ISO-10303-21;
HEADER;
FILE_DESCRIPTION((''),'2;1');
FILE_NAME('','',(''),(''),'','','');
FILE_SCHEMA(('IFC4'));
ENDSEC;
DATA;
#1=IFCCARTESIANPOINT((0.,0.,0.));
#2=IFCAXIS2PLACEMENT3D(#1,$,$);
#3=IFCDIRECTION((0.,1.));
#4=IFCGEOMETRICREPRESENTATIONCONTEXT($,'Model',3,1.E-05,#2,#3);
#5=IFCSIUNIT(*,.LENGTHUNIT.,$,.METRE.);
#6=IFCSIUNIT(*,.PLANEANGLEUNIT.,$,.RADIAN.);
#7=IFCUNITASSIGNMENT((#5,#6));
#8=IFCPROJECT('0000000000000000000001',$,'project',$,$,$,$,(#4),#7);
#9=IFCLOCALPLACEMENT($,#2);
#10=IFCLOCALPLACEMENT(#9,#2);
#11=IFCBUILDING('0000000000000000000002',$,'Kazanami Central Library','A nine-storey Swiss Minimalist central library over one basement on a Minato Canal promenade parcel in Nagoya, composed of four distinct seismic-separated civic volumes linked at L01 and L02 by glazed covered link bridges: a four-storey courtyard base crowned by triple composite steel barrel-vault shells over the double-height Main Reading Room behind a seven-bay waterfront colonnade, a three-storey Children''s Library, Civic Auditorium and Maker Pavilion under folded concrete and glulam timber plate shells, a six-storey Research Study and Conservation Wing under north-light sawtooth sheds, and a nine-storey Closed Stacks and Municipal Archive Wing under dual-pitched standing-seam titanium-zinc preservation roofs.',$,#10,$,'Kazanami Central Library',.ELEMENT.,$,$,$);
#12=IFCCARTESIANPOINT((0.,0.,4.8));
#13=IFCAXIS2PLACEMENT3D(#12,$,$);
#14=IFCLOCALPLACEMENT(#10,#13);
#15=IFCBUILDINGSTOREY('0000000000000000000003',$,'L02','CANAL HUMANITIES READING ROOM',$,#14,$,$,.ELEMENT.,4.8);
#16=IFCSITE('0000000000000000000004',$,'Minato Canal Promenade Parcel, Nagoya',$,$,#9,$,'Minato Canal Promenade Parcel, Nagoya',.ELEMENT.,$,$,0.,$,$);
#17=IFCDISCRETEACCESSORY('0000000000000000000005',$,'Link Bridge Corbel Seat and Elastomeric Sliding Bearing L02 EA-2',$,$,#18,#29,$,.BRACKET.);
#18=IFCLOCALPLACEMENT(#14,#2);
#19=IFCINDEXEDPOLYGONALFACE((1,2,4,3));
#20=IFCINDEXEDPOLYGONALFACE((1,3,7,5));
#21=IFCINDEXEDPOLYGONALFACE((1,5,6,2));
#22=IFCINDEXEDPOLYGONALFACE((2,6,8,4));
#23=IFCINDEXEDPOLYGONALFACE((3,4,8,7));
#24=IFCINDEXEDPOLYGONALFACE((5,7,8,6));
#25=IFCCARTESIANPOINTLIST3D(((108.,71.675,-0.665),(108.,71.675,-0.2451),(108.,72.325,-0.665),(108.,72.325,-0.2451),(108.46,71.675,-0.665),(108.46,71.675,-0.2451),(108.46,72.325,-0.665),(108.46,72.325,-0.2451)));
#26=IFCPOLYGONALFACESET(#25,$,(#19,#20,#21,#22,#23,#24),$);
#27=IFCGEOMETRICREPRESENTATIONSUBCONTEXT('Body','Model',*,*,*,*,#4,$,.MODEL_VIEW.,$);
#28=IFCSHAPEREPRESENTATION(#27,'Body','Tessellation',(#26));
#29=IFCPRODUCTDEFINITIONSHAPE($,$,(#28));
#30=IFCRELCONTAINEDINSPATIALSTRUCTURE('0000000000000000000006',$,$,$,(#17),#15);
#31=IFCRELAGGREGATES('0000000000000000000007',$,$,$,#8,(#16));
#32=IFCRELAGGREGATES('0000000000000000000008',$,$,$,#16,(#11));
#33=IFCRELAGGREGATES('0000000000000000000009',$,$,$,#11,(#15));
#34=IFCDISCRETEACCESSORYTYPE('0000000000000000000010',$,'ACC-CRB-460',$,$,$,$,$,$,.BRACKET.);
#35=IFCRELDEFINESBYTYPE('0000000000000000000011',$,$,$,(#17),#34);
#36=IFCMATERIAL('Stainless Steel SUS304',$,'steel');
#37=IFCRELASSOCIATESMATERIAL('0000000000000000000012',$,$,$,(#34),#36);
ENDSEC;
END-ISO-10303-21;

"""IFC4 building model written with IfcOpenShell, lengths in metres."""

from ifc_helpers import new_model, si_unit, direction, frame, origin, origin_2d, place, context, subcontext, project, spatial, rectangle, extrude, material, type_object, element, save


model = new_model("IFC4")

# Units and contexts
model_context = context("Model", 3, precision=1e-05, world=origin(), true_north=direction((0.0, 1.0)))
body_context = subcontext(model_context, "Body", "Model", "MODEL_VIEW")
ifc_project = project(units=[si_unit("LENGTHUNIT", "METRE"), si_unit("PLANEANGLEUNIT", "RADIAN")], contexts=[model_context])

# Site, building, storey
site_placement = place(None, origin())
site = spatial("IfcSite", under=ifc_project, at=site_placement, Name="Minato Canal Promenade Parcel, Nagoya", LongName="Minato Canal Promenade Parcel, Nagoya", CompositionType="ELEMENT", RefElevation=0.0)
building_placement = place(site_placement, origin())
building = spatial("IfcBuilding", under=site, at=building_placement, Name="Kazanami Central Library", Description="A nine-storey Swiss Minimalist central library over one basement on a Minato Canal promenade parcel in Nagoya, composed of four distinct seismic-separated civic volumes linked at L01 and L02 by glazed covered link bridges: a four-storey courtyard base crowned by triple composite steel barrel-vault shells over the double-height Main Reading Room behind a seven-bay waterfront colonnade, a three-storey Children's Library, Civic Auditorium and Maker Pavilion under folded concrete and glulam timber plate shells, a six-storey Research Study and Conservation Wing under north-light sawtooth sheds, and a nine-storey Closed Stacks and Municipal Archive Wing under dual-pitched standing-seam titanium-zinc preservation roofs.", LongName="Kazanami Central Library", CompositionType="ELEMENT")
storey_placement = place(building_placement, frame((0.0, 0.0, 4.8)))
storey = spatial("IfcBuildingStorey", under=building, at=storey_placement, Name="L02", Description="CANAL HUMANITIES READING ROOM", CompositionType="ELEMENT", Elevation=4.8)

# Discrete accessory
ifc_material_1 = material(Name="Stainless Steel SUS304", Category="steel")
discrete_accessory_type = type_object("IfcDiscreteAccessoryType", Name="ACC-CRB-460", PredefinedType="BRACKET", material=ifc_material_1)
discrete_accessory_placement = place(storey_placement, frame((108.23, 72.0, -0.665), z_axis=(0.0, 0.0, 1.0), x_axis=(1.0, 0.0, 0.0)))
element("IfcDiscreteAccessory", 1, at=discrete_accessory_placement, inside=storey, type_object=discrete_accessory_type, Name="Link Bridge Corbel Seat and Elastomeric Sliding Bearing L02 EA-2", PredefinedType="BRACKET", context=body_context, shape_type="SweptSolid", body=[
    extrude(rectangle(XDim=0.46, YDim=0.6499, at=origin_2d()), origin(), (0.0, 0.0, 1.0), 0.4199),
])

save(model, "model.ifc")
